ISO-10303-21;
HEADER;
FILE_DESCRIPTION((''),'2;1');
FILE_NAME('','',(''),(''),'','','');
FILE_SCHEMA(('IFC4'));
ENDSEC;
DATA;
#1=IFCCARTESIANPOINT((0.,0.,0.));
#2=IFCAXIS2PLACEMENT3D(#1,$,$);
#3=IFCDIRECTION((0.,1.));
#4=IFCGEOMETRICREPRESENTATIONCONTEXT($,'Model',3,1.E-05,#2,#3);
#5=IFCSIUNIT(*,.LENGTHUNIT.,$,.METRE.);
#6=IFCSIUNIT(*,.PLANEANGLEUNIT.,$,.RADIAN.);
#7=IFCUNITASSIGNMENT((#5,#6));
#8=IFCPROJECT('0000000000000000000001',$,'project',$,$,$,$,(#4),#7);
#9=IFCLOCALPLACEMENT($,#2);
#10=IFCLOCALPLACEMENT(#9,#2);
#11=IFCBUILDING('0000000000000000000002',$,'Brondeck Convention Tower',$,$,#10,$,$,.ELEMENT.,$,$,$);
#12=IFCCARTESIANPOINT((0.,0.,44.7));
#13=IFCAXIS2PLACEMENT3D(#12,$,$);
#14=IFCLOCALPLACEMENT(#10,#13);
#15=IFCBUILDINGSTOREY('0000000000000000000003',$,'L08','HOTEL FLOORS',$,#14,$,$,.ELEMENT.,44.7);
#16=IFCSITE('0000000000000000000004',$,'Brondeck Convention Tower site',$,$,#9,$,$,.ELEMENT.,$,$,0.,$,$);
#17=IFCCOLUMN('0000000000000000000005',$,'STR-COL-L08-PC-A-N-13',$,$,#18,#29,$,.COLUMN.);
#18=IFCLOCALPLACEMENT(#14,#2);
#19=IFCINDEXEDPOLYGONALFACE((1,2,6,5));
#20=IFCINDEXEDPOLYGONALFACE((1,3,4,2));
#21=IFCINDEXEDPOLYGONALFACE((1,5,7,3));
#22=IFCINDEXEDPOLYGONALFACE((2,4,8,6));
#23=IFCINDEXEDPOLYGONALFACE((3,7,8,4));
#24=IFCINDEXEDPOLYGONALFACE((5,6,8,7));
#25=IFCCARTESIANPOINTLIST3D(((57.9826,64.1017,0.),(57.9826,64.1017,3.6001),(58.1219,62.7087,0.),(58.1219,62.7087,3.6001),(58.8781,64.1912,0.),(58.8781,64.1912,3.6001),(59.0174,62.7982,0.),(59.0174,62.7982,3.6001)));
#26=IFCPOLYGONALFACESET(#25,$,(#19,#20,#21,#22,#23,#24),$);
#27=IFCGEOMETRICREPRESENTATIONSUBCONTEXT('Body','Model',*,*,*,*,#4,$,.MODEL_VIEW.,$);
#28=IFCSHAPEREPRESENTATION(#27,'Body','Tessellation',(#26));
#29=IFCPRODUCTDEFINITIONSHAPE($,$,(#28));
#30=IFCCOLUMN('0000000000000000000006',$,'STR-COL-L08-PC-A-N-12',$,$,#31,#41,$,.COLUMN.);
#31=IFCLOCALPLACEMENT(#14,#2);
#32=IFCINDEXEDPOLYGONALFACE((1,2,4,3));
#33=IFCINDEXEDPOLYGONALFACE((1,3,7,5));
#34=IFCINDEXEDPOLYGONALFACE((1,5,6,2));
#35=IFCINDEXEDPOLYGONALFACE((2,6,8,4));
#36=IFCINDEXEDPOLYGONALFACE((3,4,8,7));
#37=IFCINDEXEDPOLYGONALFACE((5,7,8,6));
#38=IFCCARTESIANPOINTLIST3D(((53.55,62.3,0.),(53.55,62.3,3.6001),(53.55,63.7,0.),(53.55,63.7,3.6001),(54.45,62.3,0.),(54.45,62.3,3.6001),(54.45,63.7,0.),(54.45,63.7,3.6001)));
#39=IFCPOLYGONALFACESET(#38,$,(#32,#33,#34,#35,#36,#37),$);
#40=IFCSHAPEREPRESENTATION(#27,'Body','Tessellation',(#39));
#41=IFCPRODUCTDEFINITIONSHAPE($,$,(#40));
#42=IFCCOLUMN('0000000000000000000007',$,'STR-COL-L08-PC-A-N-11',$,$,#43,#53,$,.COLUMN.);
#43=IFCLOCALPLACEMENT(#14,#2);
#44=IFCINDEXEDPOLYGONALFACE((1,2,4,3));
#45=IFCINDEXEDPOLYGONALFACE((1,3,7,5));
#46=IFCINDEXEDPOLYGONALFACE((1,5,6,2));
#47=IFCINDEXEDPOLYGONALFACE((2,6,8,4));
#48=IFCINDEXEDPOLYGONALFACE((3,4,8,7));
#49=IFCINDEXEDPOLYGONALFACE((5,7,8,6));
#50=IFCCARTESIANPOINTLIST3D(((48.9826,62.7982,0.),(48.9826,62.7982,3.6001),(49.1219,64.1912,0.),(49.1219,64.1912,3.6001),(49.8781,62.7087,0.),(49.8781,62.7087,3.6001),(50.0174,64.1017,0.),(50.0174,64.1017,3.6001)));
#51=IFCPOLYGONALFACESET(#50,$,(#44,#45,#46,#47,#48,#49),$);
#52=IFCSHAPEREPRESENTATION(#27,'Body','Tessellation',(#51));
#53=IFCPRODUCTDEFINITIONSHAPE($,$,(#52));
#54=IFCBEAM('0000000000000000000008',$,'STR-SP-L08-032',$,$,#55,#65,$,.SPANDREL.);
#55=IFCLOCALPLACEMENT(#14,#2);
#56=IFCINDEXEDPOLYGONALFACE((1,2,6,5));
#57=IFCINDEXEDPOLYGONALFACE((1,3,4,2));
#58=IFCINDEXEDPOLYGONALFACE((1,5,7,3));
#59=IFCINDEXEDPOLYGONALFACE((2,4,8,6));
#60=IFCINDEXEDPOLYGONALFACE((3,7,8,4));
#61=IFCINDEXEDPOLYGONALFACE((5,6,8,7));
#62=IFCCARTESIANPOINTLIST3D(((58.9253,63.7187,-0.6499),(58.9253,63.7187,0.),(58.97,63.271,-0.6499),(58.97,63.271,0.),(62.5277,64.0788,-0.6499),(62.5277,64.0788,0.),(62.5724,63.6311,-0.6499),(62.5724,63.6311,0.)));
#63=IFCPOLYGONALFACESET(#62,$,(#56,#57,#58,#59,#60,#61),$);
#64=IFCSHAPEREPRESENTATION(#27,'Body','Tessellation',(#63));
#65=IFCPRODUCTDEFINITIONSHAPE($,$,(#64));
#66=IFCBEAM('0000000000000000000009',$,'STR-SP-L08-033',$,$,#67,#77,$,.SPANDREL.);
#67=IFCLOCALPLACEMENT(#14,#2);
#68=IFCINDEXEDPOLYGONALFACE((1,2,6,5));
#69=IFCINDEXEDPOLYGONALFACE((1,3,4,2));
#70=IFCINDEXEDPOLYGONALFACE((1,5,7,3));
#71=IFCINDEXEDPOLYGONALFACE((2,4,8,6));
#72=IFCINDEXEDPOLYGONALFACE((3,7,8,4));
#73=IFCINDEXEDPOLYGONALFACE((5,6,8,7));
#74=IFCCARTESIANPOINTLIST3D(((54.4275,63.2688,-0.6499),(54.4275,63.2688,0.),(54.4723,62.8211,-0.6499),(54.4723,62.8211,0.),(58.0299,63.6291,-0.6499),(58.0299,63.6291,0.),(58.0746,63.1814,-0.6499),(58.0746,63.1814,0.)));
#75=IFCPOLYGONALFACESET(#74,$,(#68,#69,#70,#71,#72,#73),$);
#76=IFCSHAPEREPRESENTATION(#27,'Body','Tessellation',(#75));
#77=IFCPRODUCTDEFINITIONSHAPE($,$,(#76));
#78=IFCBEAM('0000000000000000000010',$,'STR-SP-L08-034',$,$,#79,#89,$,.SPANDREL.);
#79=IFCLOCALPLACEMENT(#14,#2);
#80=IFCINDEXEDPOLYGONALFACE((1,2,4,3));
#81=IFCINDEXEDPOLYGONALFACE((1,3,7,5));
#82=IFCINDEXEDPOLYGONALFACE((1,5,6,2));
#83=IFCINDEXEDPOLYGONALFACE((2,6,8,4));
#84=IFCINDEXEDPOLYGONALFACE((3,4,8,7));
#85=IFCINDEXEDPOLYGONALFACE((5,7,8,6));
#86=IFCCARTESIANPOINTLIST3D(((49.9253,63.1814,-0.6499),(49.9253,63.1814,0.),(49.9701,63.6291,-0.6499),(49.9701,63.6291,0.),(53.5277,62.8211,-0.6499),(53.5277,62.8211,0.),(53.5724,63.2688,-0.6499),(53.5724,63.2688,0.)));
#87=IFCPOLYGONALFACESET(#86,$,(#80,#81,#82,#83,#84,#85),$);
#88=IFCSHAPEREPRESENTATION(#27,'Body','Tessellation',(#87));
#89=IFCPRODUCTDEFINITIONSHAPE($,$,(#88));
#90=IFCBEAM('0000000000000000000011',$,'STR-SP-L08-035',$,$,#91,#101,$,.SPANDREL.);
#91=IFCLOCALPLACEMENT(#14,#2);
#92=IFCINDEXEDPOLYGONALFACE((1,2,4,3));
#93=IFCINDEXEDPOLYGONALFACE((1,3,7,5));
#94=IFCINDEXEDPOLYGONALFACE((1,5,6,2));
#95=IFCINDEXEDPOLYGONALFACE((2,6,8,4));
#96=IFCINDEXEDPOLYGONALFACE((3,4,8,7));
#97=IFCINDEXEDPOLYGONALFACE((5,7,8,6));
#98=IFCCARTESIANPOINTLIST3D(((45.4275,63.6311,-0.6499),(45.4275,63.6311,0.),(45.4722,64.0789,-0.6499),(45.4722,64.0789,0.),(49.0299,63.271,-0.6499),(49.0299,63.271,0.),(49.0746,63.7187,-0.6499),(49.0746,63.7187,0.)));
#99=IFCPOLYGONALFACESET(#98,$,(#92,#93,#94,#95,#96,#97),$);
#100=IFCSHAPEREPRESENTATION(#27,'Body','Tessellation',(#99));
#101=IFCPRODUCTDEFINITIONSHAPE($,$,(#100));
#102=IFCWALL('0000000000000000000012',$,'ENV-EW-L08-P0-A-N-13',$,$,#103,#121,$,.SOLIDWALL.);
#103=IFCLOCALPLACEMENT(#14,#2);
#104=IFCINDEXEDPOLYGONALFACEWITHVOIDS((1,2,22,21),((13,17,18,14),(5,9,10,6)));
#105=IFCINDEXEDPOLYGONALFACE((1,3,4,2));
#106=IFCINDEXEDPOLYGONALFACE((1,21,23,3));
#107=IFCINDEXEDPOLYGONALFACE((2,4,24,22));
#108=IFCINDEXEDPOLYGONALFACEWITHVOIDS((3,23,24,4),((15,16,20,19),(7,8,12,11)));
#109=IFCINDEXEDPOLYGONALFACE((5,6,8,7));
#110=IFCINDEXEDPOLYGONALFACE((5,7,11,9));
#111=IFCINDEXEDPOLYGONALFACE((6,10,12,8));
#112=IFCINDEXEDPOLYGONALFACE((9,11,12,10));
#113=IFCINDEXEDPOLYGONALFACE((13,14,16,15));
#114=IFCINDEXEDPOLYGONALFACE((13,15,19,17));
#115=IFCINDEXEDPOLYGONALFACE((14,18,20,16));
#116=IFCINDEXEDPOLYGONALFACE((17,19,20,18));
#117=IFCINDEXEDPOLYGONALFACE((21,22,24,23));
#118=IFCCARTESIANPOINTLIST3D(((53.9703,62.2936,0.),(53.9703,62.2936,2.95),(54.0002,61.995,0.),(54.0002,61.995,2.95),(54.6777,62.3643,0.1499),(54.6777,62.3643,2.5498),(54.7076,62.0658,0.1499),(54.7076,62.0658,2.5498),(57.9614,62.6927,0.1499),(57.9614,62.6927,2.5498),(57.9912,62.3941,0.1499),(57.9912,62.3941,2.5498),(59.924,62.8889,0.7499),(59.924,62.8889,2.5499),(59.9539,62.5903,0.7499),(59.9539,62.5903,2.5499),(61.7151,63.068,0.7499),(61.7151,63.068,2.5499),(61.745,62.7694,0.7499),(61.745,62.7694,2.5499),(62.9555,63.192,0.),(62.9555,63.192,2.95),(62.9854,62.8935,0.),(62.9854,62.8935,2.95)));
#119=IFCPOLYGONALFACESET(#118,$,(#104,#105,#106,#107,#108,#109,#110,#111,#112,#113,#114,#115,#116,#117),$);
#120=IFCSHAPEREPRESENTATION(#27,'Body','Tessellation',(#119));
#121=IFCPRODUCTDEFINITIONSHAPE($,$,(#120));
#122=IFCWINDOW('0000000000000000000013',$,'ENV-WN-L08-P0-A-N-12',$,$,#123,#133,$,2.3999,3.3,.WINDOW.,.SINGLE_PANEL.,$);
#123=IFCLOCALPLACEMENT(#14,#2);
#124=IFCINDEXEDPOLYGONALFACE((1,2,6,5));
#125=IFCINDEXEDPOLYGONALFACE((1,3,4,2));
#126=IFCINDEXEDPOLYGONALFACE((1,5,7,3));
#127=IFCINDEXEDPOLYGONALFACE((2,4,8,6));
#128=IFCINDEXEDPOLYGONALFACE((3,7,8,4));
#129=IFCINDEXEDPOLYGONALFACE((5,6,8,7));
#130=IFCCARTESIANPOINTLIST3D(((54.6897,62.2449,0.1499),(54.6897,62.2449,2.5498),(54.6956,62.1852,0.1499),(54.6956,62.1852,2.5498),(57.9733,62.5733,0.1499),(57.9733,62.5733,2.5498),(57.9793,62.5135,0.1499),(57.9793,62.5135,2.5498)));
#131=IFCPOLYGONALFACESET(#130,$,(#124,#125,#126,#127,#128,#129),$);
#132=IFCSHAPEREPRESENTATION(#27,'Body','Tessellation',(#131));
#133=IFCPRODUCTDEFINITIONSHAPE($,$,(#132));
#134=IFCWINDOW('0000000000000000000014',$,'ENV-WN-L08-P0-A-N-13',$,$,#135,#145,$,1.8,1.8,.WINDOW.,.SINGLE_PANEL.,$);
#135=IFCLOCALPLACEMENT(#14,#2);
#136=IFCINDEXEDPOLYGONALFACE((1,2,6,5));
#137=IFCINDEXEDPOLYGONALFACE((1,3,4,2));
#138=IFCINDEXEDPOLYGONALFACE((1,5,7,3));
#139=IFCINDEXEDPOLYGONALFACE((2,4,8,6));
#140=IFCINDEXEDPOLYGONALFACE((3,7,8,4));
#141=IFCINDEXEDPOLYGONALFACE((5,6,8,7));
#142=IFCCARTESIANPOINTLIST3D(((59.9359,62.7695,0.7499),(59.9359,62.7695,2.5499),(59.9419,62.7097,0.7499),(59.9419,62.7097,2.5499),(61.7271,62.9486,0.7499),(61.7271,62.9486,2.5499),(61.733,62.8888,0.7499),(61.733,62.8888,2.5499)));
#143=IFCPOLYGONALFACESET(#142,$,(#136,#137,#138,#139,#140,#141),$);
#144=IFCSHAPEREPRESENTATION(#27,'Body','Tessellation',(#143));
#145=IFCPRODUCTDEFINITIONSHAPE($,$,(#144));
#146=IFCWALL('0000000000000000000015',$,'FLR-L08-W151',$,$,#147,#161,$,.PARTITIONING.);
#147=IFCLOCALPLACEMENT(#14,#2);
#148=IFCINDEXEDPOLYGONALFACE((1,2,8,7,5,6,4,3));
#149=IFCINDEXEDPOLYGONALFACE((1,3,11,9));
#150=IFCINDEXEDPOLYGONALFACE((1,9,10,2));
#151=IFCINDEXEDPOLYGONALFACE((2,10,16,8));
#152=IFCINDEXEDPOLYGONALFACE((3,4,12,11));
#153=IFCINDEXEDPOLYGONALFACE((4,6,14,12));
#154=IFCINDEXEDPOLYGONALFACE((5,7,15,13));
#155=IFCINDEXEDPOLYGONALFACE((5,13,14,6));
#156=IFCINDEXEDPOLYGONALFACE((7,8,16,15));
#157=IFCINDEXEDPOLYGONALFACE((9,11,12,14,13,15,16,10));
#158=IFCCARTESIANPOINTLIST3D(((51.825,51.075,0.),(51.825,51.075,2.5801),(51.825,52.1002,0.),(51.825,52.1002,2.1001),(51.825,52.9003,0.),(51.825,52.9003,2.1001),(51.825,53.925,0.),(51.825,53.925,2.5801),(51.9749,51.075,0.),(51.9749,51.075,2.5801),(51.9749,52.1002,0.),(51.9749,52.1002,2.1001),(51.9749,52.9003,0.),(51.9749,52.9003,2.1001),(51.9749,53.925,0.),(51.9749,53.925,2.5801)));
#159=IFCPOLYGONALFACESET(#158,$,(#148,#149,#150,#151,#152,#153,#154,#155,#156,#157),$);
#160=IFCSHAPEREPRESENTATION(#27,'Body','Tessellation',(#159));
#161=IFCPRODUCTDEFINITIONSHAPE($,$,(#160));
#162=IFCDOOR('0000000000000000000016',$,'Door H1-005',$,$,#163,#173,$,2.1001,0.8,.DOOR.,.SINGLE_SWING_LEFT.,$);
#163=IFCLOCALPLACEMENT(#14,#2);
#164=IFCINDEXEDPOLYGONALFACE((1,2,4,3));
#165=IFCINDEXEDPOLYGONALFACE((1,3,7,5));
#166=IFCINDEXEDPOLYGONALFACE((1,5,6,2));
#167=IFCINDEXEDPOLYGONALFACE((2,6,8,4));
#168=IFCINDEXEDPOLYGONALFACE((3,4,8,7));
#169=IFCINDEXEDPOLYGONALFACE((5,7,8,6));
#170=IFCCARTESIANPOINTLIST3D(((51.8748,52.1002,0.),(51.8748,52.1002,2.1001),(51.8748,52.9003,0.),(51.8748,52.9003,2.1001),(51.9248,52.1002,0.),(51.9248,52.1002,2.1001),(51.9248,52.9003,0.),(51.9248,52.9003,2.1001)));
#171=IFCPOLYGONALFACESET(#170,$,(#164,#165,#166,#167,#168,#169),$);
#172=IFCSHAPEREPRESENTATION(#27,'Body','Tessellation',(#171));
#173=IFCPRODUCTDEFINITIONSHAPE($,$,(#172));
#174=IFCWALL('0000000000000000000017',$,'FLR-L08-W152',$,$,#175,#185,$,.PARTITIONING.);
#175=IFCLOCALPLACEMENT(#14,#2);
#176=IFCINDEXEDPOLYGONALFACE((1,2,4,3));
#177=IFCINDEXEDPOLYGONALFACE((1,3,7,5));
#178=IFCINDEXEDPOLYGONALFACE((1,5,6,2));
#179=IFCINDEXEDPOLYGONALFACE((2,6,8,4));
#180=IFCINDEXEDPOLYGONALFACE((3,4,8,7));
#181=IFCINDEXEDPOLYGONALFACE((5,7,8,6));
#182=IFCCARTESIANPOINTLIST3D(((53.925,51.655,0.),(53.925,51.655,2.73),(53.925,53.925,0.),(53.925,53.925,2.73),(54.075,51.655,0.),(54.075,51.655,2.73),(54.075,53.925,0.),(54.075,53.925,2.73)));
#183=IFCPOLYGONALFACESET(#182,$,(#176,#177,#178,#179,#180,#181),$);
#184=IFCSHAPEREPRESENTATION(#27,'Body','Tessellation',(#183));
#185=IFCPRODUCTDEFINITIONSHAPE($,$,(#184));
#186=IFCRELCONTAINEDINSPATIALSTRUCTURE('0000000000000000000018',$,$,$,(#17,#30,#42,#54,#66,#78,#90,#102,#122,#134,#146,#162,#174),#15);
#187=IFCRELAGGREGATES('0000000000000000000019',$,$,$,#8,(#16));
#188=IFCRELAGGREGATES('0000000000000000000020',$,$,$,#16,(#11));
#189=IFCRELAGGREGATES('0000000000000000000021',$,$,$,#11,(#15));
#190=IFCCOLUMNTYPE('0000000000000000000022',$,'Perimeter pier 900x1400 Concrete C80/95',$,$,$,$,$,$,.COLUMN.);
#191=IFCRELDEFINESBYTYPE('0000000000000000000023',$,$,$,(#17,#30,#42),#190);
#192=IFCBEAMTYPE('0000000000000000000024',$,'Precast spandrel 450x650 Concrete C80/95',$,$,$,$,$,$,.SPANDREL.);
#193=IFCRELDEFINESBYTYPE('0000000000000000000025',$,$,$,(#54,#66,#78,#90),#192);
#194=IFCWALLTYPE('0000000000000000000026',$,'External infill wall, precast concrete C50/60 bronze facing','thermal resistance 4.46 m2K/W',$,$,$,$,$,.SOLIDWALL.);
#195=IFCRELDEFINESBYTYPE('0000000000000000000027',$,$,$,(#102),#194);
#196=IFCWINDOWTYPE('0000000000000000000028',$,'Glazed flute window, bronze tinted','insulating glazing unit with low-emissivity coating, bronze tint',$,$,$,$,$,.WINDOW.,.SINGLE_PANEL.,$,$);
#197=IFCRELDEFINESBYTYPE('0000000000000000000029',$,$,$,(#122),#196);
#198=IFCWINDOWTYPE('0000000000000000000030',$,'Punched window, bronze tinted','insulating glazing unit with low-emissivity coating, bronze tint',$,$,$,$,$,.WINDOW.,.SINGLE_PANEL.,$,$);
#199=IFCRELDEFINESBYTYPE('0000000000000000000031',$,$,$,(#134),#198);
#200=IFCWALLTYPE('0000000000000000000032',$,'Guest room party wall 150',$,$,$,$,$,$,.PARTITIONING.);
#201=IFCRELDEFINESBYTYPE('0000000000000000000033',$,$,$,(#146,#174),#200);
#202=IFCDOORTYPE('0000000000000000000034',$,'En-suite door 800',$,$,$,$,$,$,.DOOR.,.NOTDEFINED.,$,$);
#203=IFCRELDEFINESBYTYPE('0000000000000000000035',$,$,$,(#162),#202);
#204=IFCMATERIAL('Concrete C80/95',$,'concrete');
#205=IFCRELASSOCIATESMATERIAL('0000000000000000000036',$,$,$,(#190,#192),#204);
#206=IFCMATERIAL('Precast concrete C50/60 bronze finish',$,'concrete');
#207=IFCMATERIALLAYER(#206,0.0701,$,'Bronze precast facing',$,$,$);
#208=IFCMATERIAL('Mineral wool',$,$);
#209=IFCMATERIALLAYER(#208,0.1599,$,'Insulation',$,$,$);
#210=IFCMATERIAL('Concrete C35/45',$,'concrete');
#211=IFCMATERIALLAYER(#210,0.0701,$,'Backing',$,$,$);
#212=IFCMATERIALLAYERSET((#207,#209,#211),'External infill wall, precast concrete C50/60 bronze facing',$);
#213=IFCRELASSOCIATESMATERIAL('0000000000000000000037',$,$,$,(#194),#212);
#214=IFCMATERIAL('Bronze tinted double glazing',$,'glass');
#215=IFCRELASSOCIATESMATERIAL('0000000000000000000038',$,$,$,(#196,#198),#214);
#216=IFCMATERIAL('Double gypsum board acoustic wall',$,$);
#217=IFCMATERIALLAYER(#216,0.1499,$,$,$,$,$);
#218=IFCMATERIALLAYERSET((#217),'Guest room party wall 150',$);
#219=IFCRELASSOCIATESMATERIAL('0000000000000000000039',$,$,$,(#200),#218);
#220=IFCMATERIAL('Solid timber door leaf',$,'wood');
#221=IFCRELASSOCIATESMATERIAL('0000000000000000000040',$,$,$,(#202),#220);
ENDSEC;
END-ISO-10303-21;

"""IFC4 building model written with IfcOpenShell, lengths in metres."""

from ifc_helpers import new_model, si_unit, direction, frame, frame_2d, origin, origin_2d, place, context, subcontext, project, spatial, rectangle, extrude, material, layer, layer_set, material_profile, profile_set, type_object, element, fill, save


model = new_model("IFC4")

# Units and contexts
model_context = context("Model", 3, precision=1e-05, world=origin(), true_north=direction((0.0, 1.0)))
body_context = subcontext(model_context, "Body", "Model", "MODEL_VIEW")
ifc_project = project(units=[si_unit("LENGTHUNIT", "METRE"), si_unit("PLANEANGLEUNIT", "RADIAN")], contexts=[model_context])

# Site, building, storey
site_placement = place(None, origin())
site = spatial("IfcSite", under=ifc_project, at=site_placement, Name="Brondeck Convention Tower site", CompositionType="ELEMENT", RefElevation=0.0)
building_placement = place(site_placement, origin())
building = spatial("IfcBuilding", under=site, at=building_placement, Name="Brondeck Convention Tower", CompositionType="ELEMENT")
storey_placement = place(building_placement, frame((0.0, 0.0, 44.7)))
storey = spatial("IfcBuildingStorey", under=building, at=storey_placement, Name="L08", Description="HOTEL FLOORS", CompositionType="ELEMENT", Elevation=44.7)

# Columns
ifc_material_1 = material(Name="Concrete C80/95", Category="concrete")
ifc_material_profile_1 = material_profile(ifc_material_1, rectangle(XDim=0.8999, YDim=1.3999, at=origin_2d()), Name="Perimeter pier 900x1400 Concrete C80/95")
ifc_profile_set_1 = profile_set([ifc_material_profile_1], Name="Concrete C80/95")
column_type = type_object("IfcColumnType", Name="Perimeter pier 900x1400 Concrete C80/95", PredefinedType="COLUMN", material=ifc_profile_set_1)
for number, where, z_axis, x_axis, name in (
    (1, (58.5, 63.45, 0.0), (0.0, 0.0, 1.0), (-0.995037, -0.099504, 0.0), "STR-COL-L08-PC-A-N-13"),
    (2, (54.0, 63.0, 0.0), (0.0, 0.0, 1.0), (-1.0, 0.0, 0.0), "STR-COL-L08-PC-A-N-12"),
    (3, (49.5, 63.45, 0.0), (0.0, 0.0, 1.0), (-0.995037, 0.099504, 0.0), "STR-COL-L08-PC-A-N-11"),
):
    element("IfcColumn", number, at=place(storey_placement, frame(where, z_axis=z_axis, x_axis=x_axis)), inside=storey, type_object=column_type, Name=name, PredefinedType="COLUMN", context=body_context, shape_type="SweptSolid", body=[
        extrude(rectangle(XDim=0.8999, YDim=1.3999, at=origin_2d()), origin(), (0.0, 0.0, 1.0), 3.6001),
    ])

# Beams
ifc_material_profile_2 = material_profile(ifc_material_1, rectangle(XDim=0.45, YDim=0.6499, at=origin_2d()), Name="Precast spandrel 450x650 Concrete C80/95")
ifc_profile_set_2 = profile_set([ifc_material_profile_2], Name="Concrete C80/95")
beam_type = type_object("IfcBeamType", Name="Precast spandrel 450x650 Concrete C80/95", PredefinedType="SPANDREL", material=ifc_profile_set_2)
for number, where, z_axis, x_axis, name in (
    (4, (62.55, 63.855, -0.325), (-0.995041, -0.09947, 0.0), (0.09947, -0.995041, 0.0), "STR-SP-L08-032"),
    (5, (58.0522, 63.4053, -0.325), (-0.995034, -0.099537, 0.0), (0.099537, -0.995034, 0.0), "STR-SP-L08-033"),
    (6, (53.55, 63.0449, -0.325), (-0.995034, 0.099537, 0.0), (-0.099537, -0.995034, 0.0), "STR-SP-L08-034"),
    (7, (49.0522, 63.4949, -0.325), (-0.995041, 0.09947, 0.0), (-0.09947, -0.995041, 0.0), "STR-SP-L08-035"),
):
    element("IfcBeam", number, at=place(storey_placement, frame(where, z_axis=z_axis, x_axis=x_axis)), inside=storey, type_object=beam_type, Name=name, PredefinedType="SPANDREL", context=body_context, shape_type="SweptSolid", body=[
        extrude(rectangle(XDim=0.45, YDim=0.6499, at=origin_2d()), origin(), (0.0, 0.0, 1.0), 3.6204),
    ])

# Wall, openings, windows
ifc_material_2 = material(Name="Precast concrete C50/60 bronze finish", Category="concrete")
ifc_layer_1 = layer(ifc_material_2, 0.0701, Name="Bronze precast facing")
ifc_material_3 = material(Name="Mineral wool")
ifc_layer_2 = layer(ifc_material_3, 0.1599, Name="Insulation")
ifc_material_4 = material(Name="Concrete C35/45", Category="concrete")
ifc_layer_3 = layer(ifc_material_4, 0.0701, Name="Backing")
ifc_layer_set_1 = layer_set([ifc_layer_1, ifc_layer_2, ifc_layer_3], Name="External infill wall, precast concrete C50/60 bronze facing")
wall_type_1 = type_object("IfcWallType", Name="External infill wall, precast concrete C50/60 bronze facing", Description="thermal resistance 4.46 m2K/W", PredefinedType="SOLIDWALL", material=ifc_layer_set_1)
wall_1_placement = place(storey_placement, frame((53.9851, 62.1443, 0.0), z_axis=(0.0, 0.0, 1.0), x_axis=(0.995038, 0.099496, 0.0)))
wall_1 = element("IfcWall", 8, at=wall_1_placement, inside=storey, type_object=wall_type_1, Name="ENV-EW-L08-P0-A-N-13", PredefinedType="SOLIDWALL", context=body_context, shape_type="SweptSolid", body=[
    extrude(rectangle(XDim=9.03, YDim=0.3, at=frame_2d((4.5151, 0.0))), origin(), (0.0, 0.0, 1.0), 2.95),
])
opening_1_placement = place(wall_1_placement, frame((0.7112, 0.0, 0.1499)))
opening_1 = element("IfcOpeningElement", 9, at=opening_1_placement, cuts=wall_1, PredefinedType="OPENING", context=body_context, shape_type="SweptSolid", body=[
    extrude(rectangle(XDim=3.3, YDim=2.3999, at=frame_2d((1.6499, 1.2))), frame((0.0, 0.1599, 0.0), z_axis=(0.0, -1.0, 0.0), x_axis=(1.0, 0.0, 0.0)), (0.0, 0.0, 1.0), 0.3201),
])
opening_2_placement = place(wall_1_placement, frame((5.9836, 0.0, 0.75)))
opening_2 = element("IfcOpeningElement", 10, at=opening_2_placement, cuts=wall_1, PredefinedType="OPENING", context=body_context, shape_type="SweptSolid", body=[
    extrude(rectangle(XDim=1.8, YDim=1.8, at=frame_2d((0.8999, 0.8999))), frame((0.0, 0.1599, 0.0), z_axis=(0.0, -1.0, 0.0), x_axis=(1.0, 0.0, 0.0)), (0.0, 0.0, 1.0), 0.3201),
])
ifc_material_5 = material(Name="Bronze tinted double glazing", Category="glass")
window_type_1 = type_object("IfcWindowType", Name="Glazed flute window, bronze tinted", Description="insulating glazing unit with low-emissivity coating, bronze tint", PartitioningType="SINGLE_PANEL", PredefinedType="WINDOW", material=ifc_material_5)
window_1_placement = place(opening_1_placement, origin())
window_1 = element("IfcWindow", 11, at=window_1_placement, inside=storey, type_object=window_type_1, Name="ENV-WN-L08-P0-A-N-12", OverallHeight=2.3999, OverallWidth=3.3, PartitioningType="SINGLE_PANEL", PredefinedType="WINDOW", context=body_context, shape_type="SweptSolid", body=[
    extrude(rectangle(XDim=3.3, YDim=2.3999, at=frame_2d((1.6499, 1.2))), frame((0.0, 0.03, 0.0), z_axis=(0.0, -1.0, 0.0), x_axis=(1.0, 0.0, 0.0)), (0.0, 0.0, 1.0), 0.0601),
])
fill(opening_1, window_1)
window_type_2 = type_object("IfcWindowType", Name="Punched window, bronze tinted", Description="insulating glazing unit with low-emissivity coating, bronze tint", PartitioningType="SINGLE_PANEL", PredefinedType="WINDOW", material=ifc_material_5)
window_2_placement = place(opening_2_placement, origin())
window_2 = element("IfcWindow", 12, at=window_2_placement, inside=storey, type_object=window_type_2, Name="ENV-WN-L08-P0-A-N-13", OverallHeight=1.8, OverallWidth=1.8, PartitioningType="SINGLE_PANEL", PredefinedType="WINDOW", context=body_context, shape_type="SweptSolid", body=[
    extrude(rectangle(XDim=1.8, YDim=1.8, at=frame_2d((0.8999, 0.8999))), frame((0.0, 0.03, 0.0), z_axis=(0.0, -1.0, 0.0), x_axis=(1.0, 0.0, 0.0)), (0.0, 0.0, 1.0), 0.0601),
])
fill(opening_2, window_2)

# Wall, opening, door
ifc_material_6 = material(Name="Double gypsum board acoustic wall")
ifc_layer_4 = layer(ifc_material_6, 0.1499)
ifc_layer_set_2 = layer_set([ifc_layer_4], Name="Guest room party wall 150")
wall_type_2 = type_object("IfcWallType", Name="Guest room party wall 150", PredefinedType="PARTITIONING", material=ifc_layer_set_2)
wall_2_placement = place(storey_placement, frame((51.8999, 53.925, 0.0), z_axis=(0.0, 0.0, 1.0), x_axis=(0.0, -1.0, 0.0)))
wall_2 = element("IfcWall", 13, at=wall_2_placement, inside=storey, type_object=wall_type_2, Name="FLR-L08-W151", PredefinedType="PARTITIONING", context=body_context, shape_type="SweptSolid", body=[
    extrude(rectangle(XDim=2.8501, YDim=0.1499, at=frame_2d((1.425, 0.0))), origin(), (0.0, 0.0, 1.0), 2.5801),
])
opening_3_placement = place(wall_2_placement, frame((1.0249, 0.0, 0.0)))
opening_3 = element("IfcOpeningElement", 14, at=opening_3_placement, cuts=wall_2, PredefinedType="OPENING", context=body_context, shape_type="SweptSolid", body=[
    extrude(rectangle(XDim=0.8, YDim=2.1001, at=frame_2d((0.3999, 1.05))), frame((0.0, 0.085, 0.0), z_axis=(0.0, -1.0, 0.0), x_axis=(1.0, 0.0, 0.0)), (0.0, 0.0, 1.0), 0.1699),
])
ifc_material_7 = material(Name="Solid timber door leaf", Category="wood")
door_type = type_object("IfcDoorType", Name="En-suite door 800", OperationType="NOTDEFINED", PredefinedType="DOOR", material=ifc_material_7)
door_1_placement = place(opening_3_placement, origin())
door_1 = element("IfcDoor", 15, at=door_1_placement, inside=storey, type_object=door_type, Name="Door H1-005", OperationType="SINGLE_SWING_LEFT", OverallHeight=2.1001, OverallWidth=0.8, PredefinedType="DOOR", context=body_context, shape_type="SweptSolid", body=[
    extrude(rectangle(XDim=0.8, YDim=2.1001, at=frame_2d((0.3999, 1.05))), frame((0.0, 0.0249, 0.0), z_axis=(0.0, -1.0, 0.0), x_axis=(1.0, 0.0, 0.0)), (0.0, 0.0, 1.0), 0.05),
])
fill(opening_3, door_1)

# Wall
wall_3_placement = place(storey_placement, frame((54.0, 53.925, 0.0), z_axis=(0.0, 0.0, 1.0), x_axis=(0.0, -1.0, 0.0)))
element("IfcWall", 16, at=wall_3_placement, inside=storey, type_object=wall_type_2, Name="FLR-L08-W152", PredefinedType="PARTITIONING", context=body_context, shape_type="SweptSolid", body=[
    extrude(rectangle(XDim=2.27, YDim=0.1499, at=frame_2d((1.135, 0.0))), origin(), (0.0, 0.0, 1.0), 2.73),
])

save(model, "model.ifc")
